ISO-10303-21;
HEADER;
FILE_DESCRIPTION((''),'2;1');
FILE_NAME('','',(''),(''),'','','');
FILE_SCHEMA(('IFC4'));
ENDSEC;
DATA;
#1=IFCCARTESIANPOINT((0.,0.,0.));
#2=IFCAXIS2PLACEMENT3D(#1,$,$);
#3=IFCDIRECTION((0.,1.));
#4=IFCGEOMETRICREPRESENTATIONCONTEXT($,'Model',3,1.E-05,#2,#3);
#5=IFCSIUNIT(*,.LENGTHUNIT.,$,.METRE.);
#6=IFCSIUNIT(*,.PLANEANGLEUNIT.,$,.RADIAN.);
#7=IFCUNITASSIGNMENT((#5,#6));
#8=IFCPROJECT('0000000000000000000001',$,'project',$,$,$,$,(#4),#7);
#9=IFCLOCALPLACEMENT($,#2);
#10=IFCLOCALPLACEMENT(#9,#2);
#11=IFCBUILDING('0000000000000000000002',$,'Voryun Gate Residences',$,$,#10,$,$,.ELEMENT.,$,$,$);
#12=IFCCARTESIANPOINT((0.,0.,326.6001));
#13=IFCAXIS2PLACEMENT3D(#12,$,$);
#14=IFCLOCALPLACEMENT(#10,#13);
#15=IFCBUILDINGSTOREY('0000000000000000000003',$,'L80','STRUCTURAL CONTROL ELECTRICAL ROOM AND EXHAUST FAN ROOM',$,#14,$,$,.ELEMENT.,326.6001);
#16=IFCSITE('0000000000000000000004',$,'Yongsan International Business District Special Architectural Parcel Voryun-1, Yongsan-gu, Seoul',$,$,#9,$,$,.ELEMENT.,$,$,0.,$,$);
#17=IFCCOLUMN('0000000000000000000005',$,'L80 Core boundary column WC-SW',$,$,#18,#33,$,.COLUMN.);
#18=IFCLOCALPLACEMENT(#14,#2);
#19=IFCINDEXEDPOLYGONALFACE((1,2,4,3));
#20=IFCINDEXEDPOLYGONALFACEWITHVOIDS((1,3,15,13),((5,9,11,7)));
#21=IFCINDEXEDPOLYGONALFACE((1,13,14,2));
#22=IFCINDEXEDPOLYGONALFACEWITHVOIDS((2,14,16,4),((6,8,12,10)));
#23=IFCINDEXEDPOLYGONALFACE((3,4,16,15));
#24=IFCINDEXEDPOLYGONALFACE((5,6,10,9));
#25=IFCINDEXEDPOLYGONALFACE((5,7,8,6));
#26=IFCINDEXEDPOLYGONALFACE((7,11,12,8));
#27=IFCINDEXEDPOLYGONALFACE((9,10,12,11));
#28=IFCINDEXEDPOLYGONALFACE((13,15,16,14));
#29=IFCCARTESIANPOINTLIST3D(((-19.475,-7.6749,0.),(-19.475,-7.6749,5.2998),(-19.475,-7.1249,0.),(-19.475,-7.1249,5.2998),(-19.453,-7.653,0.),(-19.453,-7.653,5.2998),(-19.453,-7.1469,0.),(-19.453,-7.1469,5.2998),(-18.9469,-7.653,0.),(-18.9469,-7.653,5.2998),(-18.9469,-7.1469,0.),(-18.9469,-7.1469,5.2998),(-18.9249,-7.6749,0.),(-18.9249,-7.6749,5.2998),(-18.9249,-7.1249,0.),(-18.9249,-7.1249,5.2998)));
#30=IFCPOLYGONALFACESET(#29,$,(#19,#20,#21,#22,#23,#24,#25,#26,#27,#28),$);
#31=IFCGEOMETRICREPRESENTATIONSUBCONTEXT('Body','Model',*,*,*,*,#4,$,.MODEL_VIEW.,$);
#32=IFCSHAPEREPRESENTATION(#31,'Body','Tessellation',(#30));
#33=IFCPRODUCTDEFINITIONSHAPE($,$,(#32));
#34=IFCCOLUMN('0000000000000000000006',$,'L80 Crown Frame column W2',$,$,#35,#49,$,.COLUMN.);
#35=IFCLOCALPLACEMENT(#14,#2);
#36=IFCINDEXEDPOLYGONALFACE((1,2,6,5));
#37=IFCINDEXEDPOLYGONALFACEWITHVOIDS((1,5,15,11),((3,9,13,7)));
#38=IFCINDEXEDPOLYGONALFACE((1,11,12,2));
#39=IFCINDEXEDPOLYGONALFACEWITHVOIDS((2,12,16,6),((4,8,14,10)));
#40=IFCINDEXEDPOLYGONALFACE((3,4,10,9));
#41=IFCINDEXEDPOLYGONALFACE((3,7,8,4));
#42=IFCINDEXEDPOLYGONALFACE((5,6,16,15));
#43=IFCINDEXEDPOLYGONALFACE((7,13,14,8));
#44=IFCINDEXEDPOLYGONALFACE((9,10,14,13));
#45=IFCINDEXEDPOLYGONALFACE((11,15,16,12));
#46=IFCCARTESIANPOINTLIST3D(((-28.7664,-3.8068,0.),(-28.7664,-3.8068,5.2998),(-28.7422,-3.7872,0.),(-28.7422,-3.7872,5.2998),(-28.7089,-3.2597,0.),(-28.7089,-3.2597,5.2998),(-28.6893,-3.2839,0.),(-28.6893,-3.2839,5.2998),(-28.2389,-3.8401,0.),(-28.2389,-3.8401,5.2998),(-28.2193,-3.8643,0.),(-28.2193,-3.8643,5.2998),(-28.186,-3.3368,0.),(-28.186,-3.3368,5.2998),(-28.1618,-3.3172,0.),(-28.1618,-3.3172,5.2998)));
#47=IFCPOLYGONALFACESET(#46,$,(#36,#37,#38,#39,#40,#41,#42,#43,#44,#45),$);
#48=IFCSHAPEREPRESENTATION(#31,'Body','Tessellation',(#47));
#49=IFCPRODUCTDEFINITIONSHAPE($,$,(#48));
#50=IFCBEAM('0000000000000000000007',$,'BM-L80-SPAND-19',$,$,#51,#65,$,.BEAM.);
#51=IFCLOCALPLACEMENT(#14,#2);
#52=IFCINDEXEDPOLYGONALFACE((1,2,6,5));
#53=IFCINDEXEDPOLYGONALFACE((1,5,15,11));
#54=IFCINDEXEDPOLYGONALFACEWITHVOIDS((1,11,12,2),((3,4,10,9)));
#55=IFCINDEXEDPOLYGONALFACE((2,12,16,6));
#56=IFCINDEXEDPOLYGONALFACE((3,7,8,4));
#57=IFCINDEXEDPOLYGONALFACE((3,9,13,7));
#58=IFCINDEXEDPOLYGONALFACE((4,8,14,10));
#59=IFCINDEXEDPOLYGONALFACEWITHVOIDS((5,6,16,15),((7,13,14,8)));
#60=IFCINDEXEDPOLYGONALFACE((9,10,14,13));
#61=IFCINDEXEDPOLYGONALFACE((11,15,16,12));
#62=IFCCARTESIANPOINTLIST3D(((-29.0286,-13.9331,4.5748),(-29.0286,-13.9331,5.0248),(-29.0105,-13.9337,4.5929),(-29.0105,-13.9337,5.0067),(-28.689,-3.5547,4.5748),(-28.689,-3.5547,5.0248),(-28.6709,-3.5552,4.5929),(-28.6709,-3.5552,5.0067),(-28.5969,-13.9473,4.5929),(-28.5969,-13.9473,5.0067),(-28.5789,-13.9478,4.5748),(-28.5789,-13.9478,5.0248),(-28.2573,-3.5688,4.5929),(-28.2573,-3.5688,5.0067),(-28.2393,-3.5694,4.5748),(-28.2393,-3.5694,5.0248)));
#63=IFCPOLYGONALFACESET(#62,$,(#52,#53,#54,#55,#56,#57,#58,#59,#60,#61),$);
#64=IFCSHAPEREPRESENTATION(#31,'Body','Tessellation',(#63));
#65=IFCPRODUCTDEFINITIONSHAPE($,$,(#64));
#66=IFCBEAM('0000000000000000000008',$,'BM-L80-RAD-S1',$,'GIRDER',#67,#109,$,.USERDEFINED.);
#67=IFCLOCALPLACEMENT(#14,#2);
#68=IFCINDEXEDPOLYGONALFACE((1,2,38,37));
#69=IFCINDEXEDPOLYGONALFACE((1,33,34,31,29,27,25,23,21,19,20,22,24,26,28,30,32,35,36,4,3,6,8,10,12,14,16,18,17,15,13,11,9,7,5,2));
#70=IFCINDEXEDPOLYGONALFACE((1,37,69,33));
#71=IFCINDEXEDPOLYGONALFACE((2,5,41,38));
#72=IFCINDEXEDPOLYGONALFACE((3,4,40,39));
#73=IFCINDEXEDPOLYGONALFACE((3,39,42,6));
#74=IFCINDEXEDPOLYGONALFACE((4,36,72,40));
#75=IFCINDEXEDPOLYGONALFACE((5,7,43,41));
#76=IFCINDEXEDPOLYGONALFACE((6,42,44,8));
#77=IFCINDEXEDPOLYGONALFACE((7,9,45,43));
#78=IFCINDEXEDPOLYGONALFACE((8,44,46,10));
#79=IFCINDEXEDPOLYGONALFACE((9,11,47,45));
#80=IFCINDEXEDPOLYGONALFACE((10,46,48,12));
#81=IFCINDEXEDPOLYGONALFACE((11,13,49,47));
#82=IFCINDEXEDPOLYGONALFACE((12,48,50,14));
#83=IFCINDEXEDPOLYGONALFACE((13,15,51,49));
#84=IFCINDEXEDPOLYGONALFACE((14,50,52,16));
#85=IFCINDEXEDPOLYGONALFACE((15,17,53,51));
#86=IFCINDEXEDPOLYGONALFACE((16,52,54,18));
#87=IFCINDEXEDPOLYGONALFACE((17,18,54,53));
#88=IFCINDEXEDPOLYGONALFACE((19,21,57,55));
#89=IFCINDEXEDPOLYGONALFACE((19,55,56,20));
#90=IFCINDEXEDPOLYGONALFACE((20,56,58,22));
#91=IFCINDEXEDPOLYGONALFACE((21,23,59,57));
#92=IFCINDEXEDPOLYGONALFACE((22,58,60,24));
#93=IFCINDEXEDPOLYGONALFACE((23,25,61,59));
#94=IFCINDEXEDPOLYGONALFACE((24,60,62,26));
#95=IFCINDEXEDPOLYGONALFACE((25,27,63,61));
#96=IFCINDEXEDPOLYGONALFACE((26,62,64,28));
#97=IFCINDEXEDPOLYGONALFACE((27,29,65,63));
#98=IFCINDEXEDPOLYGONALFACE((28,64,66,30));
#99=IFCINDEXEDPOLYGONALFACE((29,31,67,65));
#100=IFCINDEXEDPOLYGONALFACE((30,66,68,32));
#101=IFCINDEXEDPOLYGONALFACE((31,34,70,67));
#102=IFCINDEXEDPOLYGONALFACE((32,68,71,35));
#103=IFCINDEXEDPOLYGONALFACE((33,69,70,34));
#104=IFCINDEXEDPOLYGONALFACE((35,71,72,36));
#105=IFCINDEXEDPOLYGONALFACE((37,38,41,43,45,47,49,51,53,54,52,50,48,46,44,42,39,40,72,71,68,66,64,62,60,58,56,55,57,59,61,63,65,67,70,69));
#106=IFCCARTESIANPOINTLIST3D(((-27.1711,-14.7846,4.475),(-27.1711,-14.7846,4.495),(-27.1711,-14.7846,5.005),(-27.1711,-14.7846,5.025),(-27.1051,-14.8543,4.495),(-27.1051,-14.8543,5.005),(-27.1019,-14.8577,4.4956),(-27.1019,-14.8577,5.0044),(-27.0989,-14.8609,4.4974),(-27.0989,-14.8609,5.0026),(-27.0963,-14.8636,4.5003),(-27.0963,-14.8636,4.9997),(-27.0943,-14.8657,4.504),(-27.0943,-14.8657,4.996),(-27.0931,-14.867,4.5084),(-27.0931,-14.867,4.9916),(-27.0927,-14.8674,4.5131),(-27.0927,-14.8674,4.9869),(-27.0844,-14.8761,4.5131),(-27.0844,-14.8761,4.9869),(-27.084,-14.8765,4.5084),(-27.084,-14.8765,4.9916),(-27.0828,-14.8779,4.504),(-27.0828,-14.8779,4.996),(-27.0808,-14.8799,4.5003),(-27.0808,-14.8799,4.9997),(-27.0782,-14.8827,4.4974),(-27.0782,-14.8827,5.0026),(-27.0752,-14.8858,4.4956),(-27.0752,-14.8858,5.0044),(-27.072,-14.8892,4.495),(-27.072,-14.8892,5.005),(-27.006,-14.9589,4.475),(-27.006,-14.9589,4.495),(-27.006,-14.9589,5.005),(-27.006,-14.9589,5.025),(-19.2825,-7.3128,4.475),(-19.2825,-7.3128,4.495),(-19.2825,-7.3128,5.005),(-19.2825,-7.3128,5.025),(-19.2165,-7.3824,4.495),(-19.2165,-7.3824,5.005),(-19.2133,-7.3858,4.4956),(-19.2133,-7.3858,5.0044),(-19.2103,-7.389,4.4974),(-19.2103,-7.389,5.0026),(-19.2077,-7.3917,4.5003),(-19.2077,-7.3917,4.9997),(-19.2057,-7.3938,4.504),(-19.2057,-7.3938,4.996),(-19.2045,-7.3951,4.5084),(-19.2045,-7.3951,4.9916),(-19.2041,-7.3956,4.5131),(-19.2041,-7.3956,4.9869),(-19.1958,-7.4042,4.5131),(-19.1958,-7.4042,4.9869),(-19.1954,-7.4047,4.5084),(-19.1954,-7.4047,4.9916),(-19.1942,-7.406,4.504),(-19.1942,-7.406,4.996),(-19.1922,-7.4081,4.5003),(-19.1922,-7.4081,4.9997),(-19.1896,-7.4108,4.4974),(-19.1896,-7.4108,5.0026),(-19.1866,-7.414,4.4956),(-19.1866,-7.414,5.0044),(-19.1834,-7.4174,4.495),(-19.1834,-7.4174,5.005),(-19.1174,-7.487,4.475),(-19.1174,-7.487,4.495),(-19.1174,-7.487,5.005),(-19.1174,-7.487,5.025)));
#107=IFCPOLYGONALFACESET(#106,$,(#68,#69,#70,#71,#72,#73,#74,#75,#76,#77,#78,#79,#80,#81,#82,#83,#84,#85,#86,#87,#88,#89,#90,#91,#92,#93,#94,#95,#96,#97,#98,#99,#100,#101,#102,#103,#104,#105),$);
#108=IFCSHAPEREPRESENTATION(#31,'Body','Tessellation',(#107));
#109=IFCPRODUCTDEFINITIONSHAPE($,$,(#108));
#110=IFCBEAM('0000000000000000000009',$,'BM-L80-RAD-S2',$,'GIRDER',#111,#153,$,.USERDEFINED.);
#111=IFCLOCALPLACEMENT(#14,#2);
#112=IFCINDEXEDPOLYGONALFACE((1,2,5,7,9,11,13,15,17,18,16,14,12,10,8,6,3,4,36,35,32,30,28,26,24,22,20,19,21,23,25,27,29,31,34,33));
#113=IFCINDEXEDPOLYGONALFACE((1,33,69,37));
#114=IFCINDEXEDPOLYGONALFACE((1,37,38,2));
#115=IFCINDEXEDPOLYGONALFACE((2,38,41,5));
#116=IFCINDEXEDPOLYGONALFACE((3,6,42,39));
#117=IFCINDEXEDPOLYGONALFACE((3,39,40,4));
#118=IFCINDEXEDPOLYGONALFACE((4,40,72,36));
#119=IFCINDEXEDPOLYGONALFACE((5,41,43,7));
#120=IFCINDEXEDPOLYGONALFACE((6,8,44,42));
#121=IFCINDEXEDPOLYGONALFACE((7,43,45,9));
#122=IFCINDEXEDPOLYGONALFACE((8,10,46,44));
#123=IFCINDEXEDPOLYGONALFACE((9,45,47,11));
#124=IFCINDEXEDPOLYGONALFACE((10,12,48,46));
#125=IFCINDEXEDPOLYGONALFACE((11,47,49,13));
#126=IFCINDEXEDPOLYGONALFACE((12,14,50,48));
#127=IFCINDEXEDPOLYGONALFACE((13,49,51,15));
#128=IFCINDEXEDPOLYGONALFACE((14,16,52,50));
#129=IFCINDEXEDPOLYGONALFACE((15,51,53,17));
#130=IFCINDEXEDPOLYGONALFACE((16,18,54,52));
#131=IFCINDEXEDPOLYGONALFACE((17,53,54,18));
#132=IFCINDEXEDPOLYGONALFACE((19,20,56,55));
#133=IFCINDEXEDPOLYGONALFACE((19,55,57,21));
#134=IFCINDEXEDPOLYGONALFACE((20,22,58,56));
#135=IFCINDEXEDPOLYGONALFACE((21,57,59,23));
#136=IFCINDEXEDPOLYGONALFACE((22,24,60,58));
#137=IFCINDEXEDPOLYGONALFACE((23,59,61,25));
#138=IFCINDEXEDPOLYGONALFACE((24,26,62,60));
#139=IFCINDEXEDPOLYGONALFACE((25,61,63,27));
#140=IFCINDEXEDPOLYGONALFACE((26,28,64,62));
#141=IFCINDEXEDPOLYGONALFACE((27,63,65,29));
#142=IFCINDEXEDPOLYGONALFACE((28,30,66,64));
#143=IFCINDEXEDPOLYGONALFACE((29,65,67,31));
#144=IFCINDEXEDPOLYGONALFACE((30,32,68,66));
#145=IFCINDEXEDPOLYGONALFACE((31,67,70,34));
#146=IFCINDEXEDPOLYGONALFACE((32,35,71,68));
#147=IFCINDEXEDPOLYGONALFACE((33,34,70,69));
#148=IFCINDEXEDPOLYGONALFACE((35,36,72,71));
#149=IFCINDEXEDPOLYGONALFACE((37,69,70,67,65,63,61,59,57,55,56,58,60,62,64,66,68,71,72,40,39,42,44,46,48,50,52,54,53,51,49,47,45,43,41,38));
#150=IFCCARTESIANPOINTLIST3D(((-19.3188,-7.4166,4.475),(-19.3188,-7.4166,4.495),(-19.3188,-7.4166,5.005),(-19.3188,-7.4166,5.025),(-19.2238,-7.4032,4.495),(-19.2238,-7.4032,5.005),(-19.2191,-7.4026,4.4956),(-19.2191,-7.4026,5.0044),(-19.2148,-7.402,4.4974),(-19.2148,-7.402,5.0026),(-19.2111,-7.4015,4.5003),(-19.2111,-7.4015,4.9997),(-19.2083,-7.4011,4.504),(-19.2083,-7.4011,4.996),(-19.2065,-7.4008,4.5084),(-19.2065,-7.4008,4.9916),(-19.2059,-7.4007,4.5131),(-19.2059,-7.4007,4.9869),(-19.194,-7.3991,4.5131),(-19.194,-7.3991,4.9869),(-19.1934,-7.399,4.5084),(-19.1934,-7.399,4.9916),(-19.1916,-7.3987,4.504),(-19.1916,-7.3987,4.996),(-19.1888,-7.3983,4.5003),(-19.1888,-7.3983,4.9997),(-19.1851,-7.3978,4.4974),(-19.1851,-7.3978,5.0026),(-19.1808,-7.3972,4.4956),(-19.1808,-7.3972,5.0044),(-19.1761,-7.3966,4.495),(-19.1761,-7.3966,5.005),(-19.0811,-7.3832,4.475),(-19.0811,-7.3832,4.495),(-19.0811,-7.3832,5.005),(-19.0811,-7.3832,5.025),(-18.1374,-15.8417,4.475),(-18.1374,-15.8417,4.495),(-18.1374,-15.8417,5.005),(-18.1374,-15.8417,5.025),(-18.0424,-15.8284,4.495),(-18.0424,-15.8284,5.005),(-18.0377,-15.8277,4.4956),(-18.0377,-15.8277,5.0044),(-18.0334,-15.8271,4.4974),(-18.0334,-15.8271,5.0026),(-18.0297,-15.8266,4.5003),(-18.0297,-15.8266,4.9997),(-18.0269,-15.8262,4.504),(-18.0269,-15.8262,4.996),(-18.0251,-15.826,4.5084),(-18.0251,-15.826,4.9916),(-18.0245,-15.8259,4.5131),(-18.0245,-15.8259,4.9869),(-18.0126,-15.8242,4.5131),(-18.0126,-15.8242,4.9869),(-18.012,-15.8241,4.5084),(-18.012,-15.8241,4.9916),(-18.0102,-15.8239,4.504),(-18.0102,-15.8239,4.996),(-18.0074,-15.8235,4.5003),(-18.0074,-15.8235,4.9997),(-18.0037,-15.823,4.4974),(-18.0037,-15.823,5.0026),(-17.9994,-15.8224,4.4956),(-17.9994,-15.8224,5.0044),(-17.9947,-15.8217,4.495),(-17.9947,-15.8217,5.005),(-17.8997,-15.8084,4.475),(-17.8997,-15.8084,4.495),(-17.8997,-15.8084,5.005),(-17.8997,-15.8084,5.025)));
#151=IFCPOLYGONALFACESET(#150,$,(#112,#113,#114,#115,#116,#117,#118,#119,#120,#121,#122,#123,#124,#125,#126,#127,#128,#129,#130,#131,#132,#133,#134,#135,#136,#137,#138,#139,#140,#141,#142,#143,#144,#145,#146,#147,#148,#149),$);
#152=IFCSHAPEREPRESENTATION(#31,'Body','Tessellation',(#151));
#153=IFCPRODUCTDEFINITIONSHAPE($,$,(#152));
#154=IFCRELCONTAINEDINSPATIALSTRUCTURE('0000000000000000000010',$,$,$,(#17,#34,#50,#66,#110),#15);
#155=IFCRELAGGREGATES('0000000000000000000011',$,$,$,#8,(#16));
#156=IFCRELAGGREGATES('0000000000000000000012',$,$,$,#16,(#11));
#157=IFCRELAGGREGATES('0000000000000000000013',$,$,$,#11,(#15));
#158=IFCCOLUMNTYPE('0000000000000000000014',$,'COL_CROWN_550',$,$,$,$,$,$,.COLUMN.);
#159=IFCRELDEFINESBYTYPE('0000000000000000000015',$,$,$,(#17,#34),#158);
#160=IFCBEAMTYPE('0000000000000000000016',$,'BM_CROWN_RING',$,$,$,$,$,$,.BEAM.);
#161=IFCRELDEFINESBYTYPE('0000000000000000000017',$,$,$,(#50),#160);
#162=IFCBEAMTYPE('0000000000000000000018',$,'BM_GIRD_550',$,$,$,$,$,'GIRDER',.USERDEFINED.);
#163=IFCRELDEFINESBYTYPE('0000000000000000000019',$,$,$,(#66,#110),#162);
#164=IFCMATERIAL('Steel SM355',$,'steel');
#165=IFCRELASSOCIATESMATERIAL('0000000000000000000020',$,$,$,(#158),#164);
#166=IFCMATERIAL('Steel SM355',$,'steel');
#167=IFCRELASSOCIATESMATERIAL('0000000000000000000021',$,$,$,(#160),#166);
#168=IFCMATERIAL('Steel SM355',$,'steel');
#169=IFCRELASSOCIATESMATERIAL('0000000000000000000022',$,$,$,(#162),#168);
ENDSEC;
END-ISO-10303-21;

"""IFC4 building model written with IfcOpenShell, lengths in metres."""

from ifc_helpers import new_model, si_unit, direction, frame, origin, origin_2d, place, context, subcontext, project, spatial, hollow_rectangle, i_section, extrude, material, material_profile, profile_set, type_object, element, save


model = new_model("IFC4")

# Units and contexts
model_context = context("Model", 3, precision=1e-05, world=origin(), true_north=direction((0.0, 1.0)))
body_context = subcontext(model_context, "Body", "Model", "MODEL_VIEW")
ifc_project = project(units=[si_unit("LENGTHUNIT", "METRE"), si_unit("PLANEANGLEUNIT", "RADIAN")], contexts=[model_context])

# Site, building, storey
site_placement = place(None, origin())
site = spatial("IfcSite", under=ifc_project, at=site_placement, Name="Yongsan International Business District Special Architectural Parcel Voryun-1, Yongsan-gu, Seoul", CompositionType="ELEMENT", RefElevation=0.0)
building_placement = place(site_placement, origin())
building = spatial("IfcBuilding", under=site, at=building_placement, Name="Voryun Gate Residences", CompositionType="ELEMENT")
storey_placement = place(building_placement, frame((0.0, 0.0, 326.6001)))
storey = spatial("IfcBuildingStorey", under=building, at=storey_placement, Name="L80", Description="STRUCTURAL CONTROL ELECTRICAL ROOM AND EXHAUST FAN ROOM", CompositionType="ELEMENT", Elevation=326.6001)

# Columns
ifc_material_1 = material(Name="Steel SM355", Category="steel")
ifc_material_profile_1 = material_profile(ifc_material_1, hollow_rectangle(XDim=0.55, YDim=0.55, WallThickness=0.022, at=origin_2d()), Name="BOX-550x550x22")
ifc_profile_set_1 = profile_set([ifc_material_profile_1], Name="Steel SM355")
column_type = type_object("IfcColumnType", Name="COL_CROWN_550", PredefinedType="COLUMN", material=ifc_profile_set_1)
for number, where, z_axis, x_axis, name in (
    (1, (-19.2, -7.3999, 0.0), (0.0, 0.0, 1.0), (1.0, 0.0, 0.0), "L80 Core boundary column WC-SW"),
    (2, (-28.4641, -3.562, 0.0), (0.0, 0.0, 1.0), (0.994522, -0.104528, 0.0), "L80 Crown Frame column W2"),
):
    element("IfcColumn", number, at=place(storey_placement, frame(where, z_axis=z_axis, x_axis=x_axis)), inside=storey, type_object=column_type, Name=name, PredefinedType="COLUMN", context=body_context, shape_type="SweptSolid", body=[
        extrude(hollow_rectangle(XDim=0.55, YDim=0.55, WallThickness=0.022, at=origin_2d()), origin(), (0.0, 0.0, 1.0), 5.2998),
    ])

# Beams
ifc_material_2 = material(Name="Steel SM355", Category="steel")
ifc_material_profile_2 = material_profile(ifc_material_2, hollow_rectangle(XDim=0.45, YDim=0.45, WallThickness=0.0181, at=origin_2d()), Name="BOX-450x450x18")
ifc_profile_set_2 = profile_set([ifc_material_profile_2], Name="Steel SM355")
beam_type_1 = type_object("IfcBeamType", Name="BM_CROWN_RING", PredefinedType="BEAM", material=ifc_profile_set_2)
beam_1_placement = place(storey_placement, frame((-28.4641, -3.562, 4.7998), z_axis=(-0.032704, -0.999465, 0.0), x_axis=(0.999465, -0.032704, 0.0)))
element("IfcBeam", 3, at=beam_1_placement, inside=storey, type_object=beam_type_1, Name="BM-L80-SPAND-19", PredefinedType="BEAM", context=body_context, shape_type="SweptSolid", body=[
    extrude(hollow_rectangle(XDim=0.45, YDim=0.45, WallThickness=0.0181, at=origin_2d()), origin(), (0.0, 0.0, 1.0), 10.384),
])
ifc_material_3 = material(Name="Steel SM355", Category="steel")
ifc_material_profile_3 = material_profile(ifc_material_3, i_section(OverallWidth=0.24, OverallDepth=0.55, WebThickness=0.012, FlangeThickness=0.02, FilletRadius=0.0181, at=origin_2d()), Name="H-550x240x12x20")
ifc_profile_set_3 = profile_set([ifc_material_profile_3], Name="Steel SM355")
beam_type_2 = type_object("IfcBeamType", Name="BM_GIRD_550", ElementType="GIRDER", PredefinedType="USERDEFINED", material=ifc_profile_set_3)
beam_2_placement = place(storey_placement, frame((-19.2, -7.3999, 4.75), z_axis=(-0.726024, -0.687669, 0.0), x_axis=(0.687669, -0.726024, 0.0)))
element("IfcBeam", 4, at=beam_2_placement, inside=storey, type_object=beam_type_2, Name="BM-L80-RAD-S1", ObjectType="GIRDER", PredefinedType="USERDEFINED", context=body_context, shape_type="SweptSolid", body=[
    extrude(i_section(OverallWidth=0.24, OverallDepth=0.55, WebThickness=0.012, FlangeThickness=0.02, FilletRadius=0.0181, at=origin_2d()), origin(), (0.0, 0.0, 1.0), 10.8655),
])
beam_3_placement = place(storey_placement, frame((-19.2, -7.3999, 4.75), z_axis=(0.138866, -0.990311, 0.0), x_axis=(0.990311, 0.138866, 0.0)))
element("IfcBeam", 5, at=beam_3_placement, inside=storey, type_object=beam_type_2, Name="BM-L80-RAD-S2", ObjectType="GIRDER", PredefinedType="USERDEFINED", context=body_context, shape_type="SweptSolid", body=[
    extrude(i_section(OverallWidth=0.24, OverallDepth=0.55, WebThickness=0.012, FlangeThickness=0.02, FilletRadius=0.0181, at=origin_2d()), origin(), (0.0, 0.0, 1.0), 8.5076),
])

save(model, "model.ifc")
